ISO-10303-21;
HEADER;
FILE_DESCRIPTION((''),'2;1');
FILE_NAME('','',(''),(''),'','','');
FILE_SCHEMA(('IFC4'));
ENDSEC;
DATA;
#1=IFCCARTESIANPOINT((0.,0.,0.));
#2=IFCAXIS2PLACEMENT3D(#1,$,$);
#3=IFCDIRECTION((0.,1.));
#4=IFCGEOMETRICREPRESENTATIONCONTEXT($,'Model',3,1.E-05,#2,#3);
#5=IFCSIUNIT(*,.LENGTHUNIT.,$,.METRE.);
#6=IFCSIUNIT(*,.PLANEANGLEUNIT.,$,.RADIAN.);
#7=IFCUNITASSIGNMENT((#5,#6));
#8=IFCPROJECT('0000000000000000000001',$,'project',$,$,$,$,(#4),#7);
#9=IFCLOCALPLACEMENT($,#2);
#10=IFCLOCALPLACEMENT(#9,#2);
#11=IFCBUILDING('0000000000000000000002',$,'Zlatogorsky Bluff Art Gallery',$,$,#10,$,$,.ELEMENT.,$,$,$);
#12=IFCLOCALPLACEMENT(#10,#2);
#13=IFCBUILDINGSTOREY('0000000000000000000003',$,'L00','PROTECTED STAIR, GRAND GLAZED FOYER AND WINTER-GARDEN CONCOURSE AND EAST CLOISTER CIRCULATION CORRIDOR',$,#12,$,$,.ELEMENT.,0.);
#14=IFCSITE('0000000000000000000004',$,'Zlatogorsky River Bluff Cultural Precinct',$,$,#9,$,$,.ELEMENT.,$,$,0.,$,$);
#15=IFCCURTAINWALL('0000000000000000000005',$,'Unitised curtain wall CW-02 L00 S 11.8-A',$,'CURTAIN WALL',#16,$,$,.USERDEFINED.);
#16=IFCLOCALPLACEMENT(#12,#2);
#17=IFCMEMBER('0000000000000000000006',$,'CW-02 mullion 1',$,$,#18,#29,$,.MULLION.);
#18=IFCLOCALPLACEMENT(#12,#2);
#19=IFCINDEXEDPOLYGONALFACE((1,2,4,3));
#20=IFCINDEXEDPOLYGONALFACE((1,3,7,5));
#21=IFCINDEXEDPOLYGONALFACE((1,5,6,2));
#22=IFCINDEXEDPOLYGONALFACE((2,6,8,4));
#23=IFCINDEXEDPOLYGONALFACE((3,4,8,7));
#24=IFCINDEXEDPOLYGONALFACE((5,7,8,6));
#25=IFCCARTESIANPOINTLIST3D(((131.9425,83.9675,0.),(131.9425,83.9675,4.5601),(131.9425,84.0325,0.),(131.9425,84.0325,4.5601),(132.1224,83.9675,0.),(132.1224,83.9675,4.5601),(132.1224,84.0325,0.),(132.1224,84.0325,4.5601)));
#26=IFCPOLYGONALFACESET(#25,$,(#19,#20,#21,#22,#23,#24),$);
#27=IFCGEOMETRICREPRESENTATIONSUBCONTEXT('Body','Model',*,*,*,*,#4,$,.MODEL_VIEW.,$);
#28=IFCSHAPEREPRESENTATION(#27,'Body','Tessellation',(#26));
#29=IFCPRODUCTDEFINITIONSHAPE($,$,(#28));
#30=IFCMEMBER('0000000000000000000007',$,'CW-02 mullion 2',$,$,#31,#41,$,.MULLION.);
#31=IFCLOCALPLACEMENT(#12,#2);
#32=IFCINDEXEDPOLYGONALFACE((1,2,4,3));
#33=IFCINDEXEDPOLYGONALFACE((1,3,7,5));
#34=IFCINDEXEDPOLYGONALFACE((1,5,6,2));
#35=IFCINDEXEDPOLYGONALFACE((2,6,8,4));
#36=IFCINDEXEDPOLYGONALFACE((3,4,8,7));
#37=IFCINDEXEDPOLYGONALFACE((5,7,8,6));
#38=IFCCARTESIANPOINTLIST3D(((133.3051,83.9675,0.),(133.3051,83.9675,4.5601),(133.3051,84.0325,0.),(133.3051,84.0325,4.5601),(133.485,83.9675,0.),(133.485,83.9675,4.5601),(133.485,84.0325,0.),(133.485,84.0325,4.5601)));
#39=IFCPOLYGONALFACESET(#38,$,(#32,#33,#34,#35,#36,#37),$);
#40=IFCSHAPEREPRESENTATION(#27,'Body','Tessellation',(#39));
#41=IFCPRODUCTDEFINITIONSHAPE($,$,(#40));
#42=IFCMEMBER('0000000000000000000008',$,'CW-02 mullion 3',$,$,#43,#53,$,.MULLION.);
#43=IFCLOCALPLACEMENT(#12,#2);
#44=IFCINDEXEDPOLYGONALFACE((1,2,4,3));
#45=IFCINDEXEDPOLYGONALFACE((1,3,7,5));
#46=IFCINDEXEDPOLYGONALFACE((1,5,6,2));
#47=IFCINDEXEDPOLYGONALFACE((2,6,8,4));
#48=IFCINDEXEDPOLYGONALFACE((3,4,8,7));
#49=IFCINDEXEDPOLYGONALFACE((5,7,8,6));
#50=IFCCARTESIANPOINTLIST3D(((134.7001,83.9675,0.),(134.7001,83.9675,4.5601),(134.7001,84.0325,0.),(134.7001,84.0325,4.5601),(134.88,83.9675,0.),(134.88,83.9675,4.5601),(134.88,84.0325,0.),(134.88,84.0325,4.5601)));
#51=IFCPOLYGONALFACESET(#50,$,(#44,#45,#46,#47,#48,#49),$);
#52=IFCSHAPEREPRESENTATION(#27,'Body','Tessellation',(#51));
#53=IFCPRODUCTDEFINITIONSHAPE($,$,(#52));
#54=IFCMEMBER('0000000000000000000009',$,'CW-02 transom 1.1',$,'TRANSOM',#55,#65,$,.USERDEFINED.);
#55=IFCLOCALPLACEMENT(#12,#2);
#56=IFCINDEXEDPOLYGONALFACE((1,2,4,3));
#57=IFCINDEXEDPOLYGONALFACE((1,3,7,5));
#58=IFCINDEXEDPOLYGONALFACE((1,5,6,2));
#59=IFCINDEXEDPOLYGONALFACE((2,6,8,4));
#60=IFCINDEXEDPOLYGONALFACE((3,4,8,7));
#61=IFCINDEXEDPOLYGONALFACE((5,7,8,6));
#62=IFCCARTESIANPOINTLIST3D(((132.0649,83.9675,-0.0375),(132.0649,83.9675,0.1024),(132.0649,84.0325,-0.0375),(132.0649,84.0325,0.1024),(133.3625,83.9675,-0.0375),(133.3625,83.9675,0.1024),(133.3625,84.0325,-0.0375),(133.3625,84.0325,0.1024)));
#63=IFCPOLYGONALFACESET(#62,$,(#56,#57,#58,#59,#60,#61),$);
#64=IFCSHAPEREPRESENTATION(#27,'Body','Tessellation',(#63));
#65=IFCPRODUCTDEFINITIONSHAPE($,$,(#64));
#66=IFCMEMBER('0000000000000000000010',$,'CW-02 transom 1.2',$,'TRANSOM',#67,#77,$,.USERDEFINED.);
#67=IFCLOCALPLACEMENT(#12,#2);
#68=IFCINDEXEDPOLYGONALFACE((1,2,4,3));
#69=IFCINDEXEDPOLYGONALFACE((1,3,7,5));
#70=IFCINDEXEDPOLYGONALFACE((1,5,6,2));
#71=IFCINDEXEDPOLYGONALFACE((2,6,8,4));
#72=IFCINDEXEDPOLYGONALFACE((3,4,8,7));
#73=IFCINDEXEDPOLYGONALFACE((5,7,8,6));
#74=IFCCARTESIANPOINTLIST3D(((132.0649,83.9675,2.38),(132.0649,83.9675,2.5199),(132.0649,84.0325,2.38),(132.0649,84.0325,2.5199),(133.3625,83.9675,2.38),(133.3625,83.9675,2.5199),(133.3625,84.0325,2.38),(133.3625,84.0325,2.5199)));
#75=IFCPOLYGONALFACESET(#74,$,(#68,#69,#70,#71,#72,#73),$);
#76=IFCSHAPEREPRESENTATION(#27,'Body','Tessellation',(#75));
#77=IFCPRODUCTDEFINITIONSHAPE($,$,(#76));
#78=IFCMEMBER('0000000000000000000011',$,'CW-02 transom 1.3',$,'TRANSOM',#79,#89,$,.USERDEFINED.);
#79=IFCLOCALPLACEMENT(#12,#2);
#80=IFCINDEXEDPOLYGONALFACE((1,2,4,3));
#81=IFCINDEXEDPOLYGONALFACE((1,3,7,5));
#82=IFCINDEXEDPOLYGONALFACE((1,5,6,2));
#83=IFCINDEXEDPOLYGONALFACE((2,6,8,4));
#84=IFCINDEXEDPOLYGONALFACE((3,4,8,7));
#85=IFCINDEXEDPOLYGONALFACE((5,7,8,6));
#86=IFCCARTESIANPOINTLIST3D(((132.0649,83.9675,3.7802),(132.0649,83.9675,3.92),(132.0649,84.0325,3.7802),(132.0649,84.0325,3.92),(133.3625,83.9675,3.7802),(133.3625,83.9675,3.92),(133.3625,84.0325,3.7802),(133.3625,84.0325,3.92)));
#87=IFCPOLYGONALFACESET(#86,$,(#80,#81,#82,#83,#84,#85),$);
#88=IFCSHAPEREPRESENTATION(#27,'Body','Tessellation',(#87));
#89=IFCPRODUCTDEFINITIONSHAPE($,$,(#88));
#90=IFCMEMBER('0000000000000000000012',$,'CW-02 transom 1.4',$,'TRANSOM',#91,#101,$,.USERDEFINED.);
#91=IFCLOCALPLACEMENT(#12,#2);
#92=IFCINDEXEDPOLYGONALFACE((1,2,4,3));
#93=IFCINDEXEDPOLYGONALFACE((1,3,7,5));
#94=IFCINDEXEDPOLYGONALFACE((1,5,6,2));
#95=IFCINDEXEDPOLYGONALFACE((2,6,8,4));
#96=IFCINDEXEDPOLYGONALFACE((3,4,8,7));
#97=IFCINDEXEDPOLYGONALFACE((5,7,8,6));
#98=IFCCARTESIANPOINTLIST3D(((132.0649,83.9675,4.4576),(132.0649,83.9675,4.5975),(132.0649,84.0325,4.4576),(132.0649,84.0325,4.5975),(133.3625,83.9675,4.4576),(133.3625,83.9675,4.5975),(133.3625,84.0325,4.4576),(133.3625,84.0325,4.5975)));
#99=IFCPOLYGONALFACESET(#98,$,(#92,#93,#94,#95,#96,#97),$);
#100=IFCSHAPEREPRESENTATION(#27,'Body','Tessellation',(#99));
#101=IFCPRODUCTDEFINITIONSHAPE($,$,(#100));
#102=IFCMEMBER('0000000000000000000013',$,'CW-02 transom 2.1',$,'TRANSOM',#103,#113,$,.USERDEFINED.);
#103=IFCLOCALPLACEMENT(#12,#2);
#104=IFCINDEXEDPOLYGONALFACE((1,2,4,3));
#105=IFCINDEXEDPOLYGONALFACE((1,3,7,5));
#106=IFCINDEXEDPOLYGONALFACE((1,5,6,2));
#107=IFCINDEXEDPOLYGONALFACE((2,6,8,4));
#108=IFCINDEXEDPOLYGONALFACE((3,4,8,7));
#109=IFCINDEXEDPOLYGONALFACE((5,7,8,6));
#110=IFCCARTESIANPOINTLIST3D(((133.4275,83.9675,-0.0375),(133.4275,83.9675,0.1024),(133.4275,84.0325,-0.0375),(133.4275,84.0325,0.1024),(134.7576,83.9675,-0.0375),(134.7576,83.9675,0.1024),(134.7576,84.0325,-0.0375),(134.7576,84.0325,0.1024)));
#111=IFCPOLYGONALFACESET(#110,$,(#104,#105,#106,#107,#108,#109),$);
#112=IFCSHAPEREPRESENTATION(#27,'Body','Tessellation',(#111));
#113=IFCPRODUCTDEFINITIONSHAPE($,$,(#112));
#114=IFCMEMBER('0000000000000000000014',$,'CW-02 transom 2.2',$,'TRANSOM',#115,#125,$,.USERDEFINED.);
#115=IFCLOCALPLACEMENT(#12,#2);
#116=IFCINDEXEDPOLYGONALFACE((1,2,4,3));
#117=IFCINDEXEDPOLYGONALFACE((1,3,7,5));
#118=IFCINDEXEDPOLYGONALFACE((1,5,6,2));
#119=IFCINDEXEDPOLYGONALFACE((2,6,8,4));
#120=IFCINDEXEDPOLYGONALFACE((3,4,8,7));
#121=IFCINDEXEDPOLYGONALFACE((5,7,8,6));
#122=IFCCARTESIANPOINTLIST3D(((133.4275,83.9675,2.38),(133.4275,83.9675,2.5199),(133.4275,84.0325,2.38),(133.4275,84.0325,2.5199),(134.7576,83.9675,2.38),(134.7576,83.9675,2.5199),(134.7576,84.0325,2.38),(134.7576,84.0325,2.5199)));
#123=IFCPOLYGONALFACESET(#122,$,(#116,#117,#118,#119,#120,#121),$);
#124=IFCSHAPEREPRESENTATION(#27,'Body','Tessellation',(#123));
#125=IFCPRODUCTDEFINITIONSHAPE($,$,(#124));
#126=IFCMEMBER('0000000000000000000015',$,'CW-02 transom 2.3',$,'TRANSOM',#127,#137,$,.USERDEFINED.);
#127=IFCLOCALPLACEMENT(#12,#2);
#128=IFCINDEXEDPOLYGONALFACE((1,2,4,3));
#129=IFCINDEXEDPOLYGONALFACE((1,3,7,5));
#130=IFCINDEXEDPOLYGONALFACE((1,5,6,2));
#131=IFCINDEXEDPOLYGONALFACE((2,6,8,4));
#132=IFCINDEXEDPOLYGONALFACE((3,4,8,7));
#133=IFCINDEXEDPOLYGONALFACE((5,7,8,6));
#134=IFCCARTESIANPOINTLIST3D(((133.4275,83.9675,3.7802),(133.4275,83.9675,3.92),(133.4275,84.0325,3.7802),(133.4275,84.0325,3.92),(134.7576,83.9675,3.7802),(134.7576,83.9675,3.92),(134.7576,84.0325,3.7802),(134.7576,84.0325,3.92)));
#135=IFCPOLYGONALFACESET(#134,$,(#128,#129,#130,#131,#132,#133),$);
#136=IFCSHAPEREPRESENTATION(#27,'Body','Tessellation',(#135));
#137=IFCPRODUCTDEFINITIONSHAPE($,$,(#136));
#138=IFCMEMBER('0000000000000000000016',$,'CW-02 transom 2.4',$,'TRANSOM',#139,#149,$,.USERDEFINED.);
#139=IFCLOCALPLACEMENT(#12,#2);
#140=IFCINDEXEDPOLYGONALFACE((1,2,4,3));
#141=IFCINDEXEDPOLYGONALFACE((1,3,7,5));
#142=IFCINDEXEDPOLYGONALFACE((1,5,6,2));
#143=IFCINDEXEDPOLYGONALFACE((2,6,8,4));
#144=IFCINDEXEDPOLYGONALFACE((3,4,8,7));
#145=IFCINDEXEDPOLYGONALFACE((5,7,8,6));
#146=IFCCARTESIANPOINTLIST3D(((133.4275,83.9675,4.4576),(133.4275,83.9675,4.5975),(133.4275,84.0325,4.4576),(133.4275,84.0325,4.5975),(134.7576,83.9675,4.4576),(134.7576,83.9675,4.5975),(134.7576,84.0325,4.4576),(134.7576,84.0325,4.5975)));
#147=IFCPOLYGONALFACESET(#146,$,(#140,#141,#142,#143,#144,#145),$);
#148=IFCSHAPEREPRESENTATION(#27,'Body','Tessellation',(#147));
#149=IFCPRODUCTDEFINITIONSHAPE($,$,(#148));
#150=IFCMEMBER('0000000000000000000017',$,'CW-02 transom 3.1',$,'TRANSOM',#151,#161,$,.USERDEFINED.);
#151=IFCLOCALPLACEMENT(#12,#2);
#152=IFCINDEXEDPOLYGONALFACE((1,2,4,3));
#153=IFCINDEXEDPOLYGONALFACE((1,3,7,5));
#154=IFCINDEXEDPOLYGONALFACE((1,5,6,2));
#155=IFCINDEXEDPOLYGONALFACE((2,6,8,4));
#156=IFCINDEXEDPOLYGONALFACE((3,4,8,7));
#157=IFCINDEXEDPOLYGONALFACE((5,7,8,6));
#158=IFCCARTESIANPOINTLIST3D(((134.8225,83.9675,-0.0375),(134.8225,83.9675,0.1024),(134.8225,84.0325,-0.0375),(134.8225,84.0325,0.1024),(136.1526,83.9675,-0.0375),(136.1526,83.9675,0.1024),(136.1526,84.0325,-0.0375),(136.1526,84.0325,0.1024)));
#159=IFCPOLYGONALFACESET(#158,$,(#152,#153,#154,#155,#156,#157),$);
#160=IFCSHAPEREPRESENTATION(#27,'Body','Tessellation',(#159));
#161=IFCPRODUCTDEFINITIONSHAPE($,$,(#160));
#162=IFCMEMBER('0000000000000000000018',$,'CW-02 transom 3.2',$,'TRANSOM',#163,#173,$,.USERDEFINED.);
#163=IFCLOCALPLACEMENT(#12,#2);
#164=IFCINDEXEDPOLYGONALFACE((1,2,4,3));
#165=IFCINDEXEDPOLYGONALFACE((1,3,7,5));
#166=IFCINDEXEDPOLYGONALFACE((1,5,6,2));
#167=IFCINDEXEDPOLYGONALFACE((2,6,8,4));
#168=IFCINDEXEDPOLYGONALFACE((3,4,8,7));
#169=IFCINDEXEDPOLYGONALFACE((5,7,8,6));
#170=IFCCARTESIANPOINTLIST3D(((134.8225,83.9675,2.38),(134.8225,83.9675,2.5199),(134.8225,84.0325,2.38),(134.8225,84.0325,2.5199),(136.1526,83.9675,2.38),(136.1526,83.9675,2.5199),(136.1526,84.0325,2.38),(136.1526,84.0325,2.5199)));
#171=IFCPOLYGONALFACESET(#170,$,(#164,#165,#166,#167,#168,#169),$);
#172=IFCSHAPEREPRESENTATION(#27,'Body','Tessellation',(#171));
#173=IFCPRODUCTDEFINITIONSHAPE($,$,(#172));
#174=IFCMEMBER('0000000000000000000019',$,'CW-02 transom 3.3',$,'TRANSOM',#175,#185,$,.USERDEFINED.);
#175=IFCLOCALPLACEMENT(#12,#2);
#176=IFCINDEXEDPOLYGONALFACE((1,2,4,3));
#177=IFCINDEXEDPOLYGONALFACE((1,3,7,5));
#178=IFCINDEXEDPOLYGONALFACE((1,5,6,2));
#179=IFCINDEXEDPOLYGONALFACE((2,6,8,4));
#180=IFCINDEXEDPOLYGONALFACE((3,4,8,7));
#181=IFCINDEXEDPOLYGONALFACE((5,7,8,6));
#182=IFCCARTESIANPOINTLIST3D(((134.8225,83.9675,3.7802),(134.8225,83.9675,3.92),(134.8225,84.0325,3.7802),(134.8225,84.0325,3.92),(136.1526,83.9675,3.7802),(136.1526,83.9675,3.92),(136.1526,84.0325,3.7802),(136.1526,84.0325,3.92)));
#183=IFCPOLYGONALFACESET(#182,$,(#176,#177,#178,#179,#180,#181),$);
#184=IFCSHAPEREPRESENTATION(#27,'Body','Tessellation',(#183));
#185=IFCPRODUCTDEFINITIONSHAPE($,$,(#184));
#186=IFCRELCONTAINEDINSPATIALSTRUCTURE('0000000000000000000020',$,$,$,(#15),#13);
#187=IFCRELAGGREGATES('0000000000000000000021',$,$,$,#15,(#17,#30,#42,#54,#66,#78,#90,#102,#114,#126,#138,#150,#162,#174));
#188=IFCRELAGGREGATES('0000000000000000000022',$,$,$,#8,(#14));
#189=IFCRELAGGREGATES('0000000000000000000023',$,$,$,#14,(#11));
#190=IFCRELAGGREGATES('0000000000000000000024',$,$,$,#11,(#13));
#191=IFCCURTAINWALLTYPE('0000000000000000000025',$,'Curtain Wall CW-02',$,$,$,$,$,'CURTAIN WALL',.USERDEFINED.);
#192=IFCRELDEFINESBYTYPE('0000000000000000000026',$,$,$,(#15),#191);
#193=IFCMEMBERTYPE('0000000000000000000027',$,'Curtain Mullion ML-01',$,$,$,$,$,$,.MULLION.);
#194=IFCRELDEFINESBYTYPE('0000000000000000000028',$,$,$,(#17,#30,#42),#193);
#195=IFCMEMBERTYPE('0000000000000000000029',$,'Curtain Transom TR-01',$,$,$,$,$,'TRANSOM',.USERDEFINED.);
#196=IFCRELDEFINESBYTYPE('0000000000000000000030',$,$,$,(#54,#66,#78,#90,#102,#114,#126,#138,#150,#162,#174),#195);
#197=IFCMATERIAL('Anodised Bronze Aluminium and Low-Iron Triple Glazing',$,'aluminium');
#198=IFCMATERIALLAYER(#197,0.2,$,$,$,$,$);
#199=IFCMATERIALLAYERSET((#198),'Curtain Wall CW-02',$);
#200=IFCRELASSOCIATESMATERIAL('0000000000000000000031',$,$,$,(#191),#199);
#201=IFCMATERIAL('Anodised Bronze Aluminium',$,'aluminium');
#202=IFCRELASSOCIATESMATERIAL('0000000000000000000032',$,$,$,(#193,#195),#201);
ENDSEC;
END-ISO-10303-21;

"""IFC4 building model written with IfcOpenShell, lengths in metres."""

from ifc_helpers import new_model, si_unit, direction, frame, origin, origin_2d, place, context, subcontext, project, spatial, rectangle, extrude, material, layer, layer_set, material_profile, profile_set, type_object, element, aggregate, save


model = new_model("IFC4")

# Units and contexts
model_context = context("Model", 3, precision=1e-05, world=origin(), true_north=direction((0.0, 1.0)))
body_context = subcontext(model_context, "Body", "Model", "MODEL_VIEW")
ifc_project = project(units=[si_unit("LENGTHUNIT", "METRE"), si_unit("PLANEANGLEUNIT", "RADIAN")], contexts=[model_context])

# Site, building, storey
site_placement = place(None, origin())
site = spatial("IfcSite", under=ifc_project, at=site_placement, Name="Zlatogorsky River Bluff Cultural Precinct", CompositionType="ELEMENT", RefElevation=0.0)
building_placement = place(site_placement, origin())
building = spatial("IfcBuilding", under=site, at=building_placement, Name="Zlatogorsky Bluff Art Gallery", CompositionType="ELEMENT")
storey_placement = place(building_placement, origin())
storey = spatial("IfcBuildingStorey", under=building, at=storey_placement, Name="L00", Description="PROTECTED STAIR, GRAND GLAZED FOYER AND WINTER-GARDEN CONCOURSE AND EAST CLOISTER CIRCULATION CORRIDOR", CompositionType="ELEMENT", Elevation=0.0)

# Curtain wall, members
ifc_material_1 = material(Name="Anodised Bronze Aluminium and Low-Iron Triple Glazing", Category="aluminium")
ifc_layer_1 = layer(ifc_material_1, 0.2)
ifc_layer_set_1 = layer_set([ifc_layer_1], Name="Curtain Wall CW-02")
curtain_wall_type = type_object("IfcCurtainWallType", Name="Curtain Wall CW-02", ElementType="CURTAIN WALL", PredefinedType="USERDEFINED", material=ifc_layer_set_1)
curtain_wall_placement = place(storey_placement, origin())
curtain_wall = element("IfcCurtainWall", 1, at=curtain_wall_placement, inside=storey, type_object=curtain_wall_type, Name="Unitised curtain wall CW-02 L00 S 11.8-A", ObjectType="CURTAIN WALL", PredefinedType="USERDEFINED")
ifc_material_2 = material(Name="Anodised Bronze Aluminium", Category="aluminium")
ifc_material_profile_1 = material_profile(ifc_material_2, rectangle(XDim=0.0649, YDim=0.1799, at=origin_2d()), Name="ALU MULLION 65x180")
ifc_profile_set_1 = profile_set([ifc_material_profile_1], Name="Anodised Bronze Aluminium")
member_type_1 = type_object("IfcMemberType", Name="Curtain Mullion ML-01", PredefinedType="MULLION", material=ifc_profile_set_1)
member_1_placement = place(storey_placement, frame((132.0325, 84.0, 0.0), z_axis=(0.0, 0.0, 1.0), x_axis=(0.0, 1.0, 0.0)))
member_1 = element("IfcMember", 2, at=member_1_placement, type_object=member_type_1, Name="CW-02 mullion 1", PredefinedType="MULLION", context=body_context, shape_type="SweptSolid", body=[
    extrude(rectangle(XDim=0.0649, YDim=0.1799, at=origin_2d()), origin(), (0.0, 0.0, 1.0), 4.5601),
])
member_2_placement = place(storey_placement, frame((133.395, 84.0, 0.0), z_axis=(0.0, 0.0, 1.0), x_axis=(0.0, 1.0, 0.0)))
member_2 = element("IfcMember", 3, at=member_2_placement, type_object=member_type_1, Name="CW-02 mullion 2", PredefinedType="MULLION", context=body_context, shape_type="SweptSolid", body=[
    extrude(rectangle(XDim=0.0649, YDim=0.1799, at=origin_2d()), origin(), (0.0, 0.0, 1.0), 4.5601),
])
member_3_placement = place(storey_placement, frame((134.79, 84.0, 0.0), z_axis=(0.0, 0.0, 1.0), x_axis=(0.0, 1.0, 0.0)))
member_3 = element("IfcMember", 4, at=member_3_placement, type_object=member_type_1, Name="CW-02 mullion 3", PredefinedType="MULLION", context=body_context, shape_type="SweptSolid", body=[
    extrude(rectangle(XDim=0.0649, YDim=0.1799, at=origin_2d()), origin(), (0.0, 0.0, 1.0), 4.5601),
])
ifc_material_profile_2 = material_profile(ifc_material_2, rectangle(XDim=0.0649, YDim=0.1399, at=origin_2d()), Name="ALU TRANSOM 65x140")
ifc_profile_set_2 = profile_set([ifc_material_profile_2], Name="Anodised Bronze Aluminium")
member_type_2 = type_object("IfcMemberType", Name="Curtain Transom TR-01", ElementType="TRANSOM", PredefinedType="USERDEFINED", material=ifc_profile_set_2)
member_4_placement = place(storey_placement, frame((132.0649, 84.0, 0.0325), z_axis=(1.0, 0.0, 0.0), x_axis=(0.0, 1.0, 0.0)))
member_4 = element("IfcMember", 5, at=member_4_placement, type_object=member_type_2, Name="CW-02 transom 1.1", ObjectType="TRANSOM", PredefinedType="USERDEFINED", context=body_context, shape_type="SweptSolid", body=[
    extrude(rectangle(XDim=0.0649, YDim=0.1399, at=origin_2d()), origin(), (0.0, 0.0, 1.0), 1.2976),
])
member_5_placement = place(storey_placement, frame((132.0649, 84.0, 2.45), z_axis=(1.0, 0.0, 0.0), x_axis=(0.0, 1.0, 0.0)))
member_5 = element("IfcMember", 6, at=member_5_placement, type_object=member_type_2, Name="CW-02 transom 1.2", ObjectType="TRANSOM", PredefinedType="USERDEFINED", context=body_context, shape_type="SweptSolid", body=[
    extrude(rectangle(XDim=0.0649, YDim=0.1399, at=origin_2d()), origin(), (0.0, 0.0, 1.0), 1.2976),
])
member_6_placement = place(storey_placement, frame((132.0649, 84.0, 3.8501), z_axis=(1.0, 0.0, 0.0), x_axis=(0.0, 1.0, 0.0)))
member_6 = element("IfcMember", 7, at=member_6_placement, type_object=member_type_2, Name="CW-02 transom 1.3", ObjectType="TRANSOM", PredefinedType="USERDEFINED", context=body_context, shape_type="SweptSolid", body=[
    extrude(rectangle(XDim=0.0649, YDim=0.1399, at=origin_2d()), origin(), (0.0, 0.0, 1.0), 1.2976),
])
member_7_placement = place(storey_placement, frame((132.0649, 84.0, 4.5276), z_axis=(1.0, 0.0, 0.0), x_axis=(0.0, 1.0, 0.0)))
member_7 = element("IfcMember", 8, at=member_7_placement, type_object=member_type_2, Name="CW-02 transom 1.4", ObjectType="TRANSOM", PredefinedType="USERDEFINED", context=body_context, shape_type="SweptSolid", body=[
    extrude(rectangle(XDim=0.0649, YDim=0.1399, at=origin_2d()), origin(), (0.0, 0.0, 1.0), 1.2976),
])
member_8_placement = place(storey_placement, frame((133.4275, 84.0, 0.0325), z_axis=(1.0, 0.0, 0.0), x_axis=(0.0, 1.0, 0.0)))
member_8 = element("IfcMember", 9, at=member_8_placement, type_object=member_type_2, Name="CW-02 transom 2.1", ObjectType="TRANSOM", PredefinedType="USERDEFINED", context=body_context, shape_type="SweptSolid", body=[
    extrude(rectangle(XDim=0.0649, YDim=0.1399, at=origin_2d()), origin(), (0.0, 0.0, 1.0), 1.3301),
])
member_9_placement = place(storey_placement, frame((133.4275, 84.0, 2.45), z_axis=(1.0, 0.0, 0.0), x_axis=(0.0, 1.0, 0.0)))
member_9 = element("IfcMember", 10, at=member_9_placement, type_object=member_type_2, Name="CW-02 transom 2.2", ObjectType="TRANSOM", PredefinedType="USERDEFINED", context=body_context, shape_type="SweptSolid", body=[
    extrude(rectangle(XDim=0.0649, YDim=0.1399, at=origin_2d()), origin(), (0.0, 0.0, 1.0), 1.3301),
])
member_10_placement = place(storey_placement, frame((133.4275, 84.0, 3.8501), z_axis=(1.0, 0.0, 0.0), x_axis=(0.0, 1.0, 0.0)))
member_10 = element("IfcMember", 11, at=member_10_placement, type_object=member_type_2, Name="CW-02 transom 2.3", ObjectType="TRANSOM", PredefinedType="USERDEFINED", context=body_context, shape_type="SweptSolid", body=[
    extrude(rectangle(XDim=0.0649, YDim=0.1399, at=origin_2d()), origin(), (0.0, 0.0, 1.0), 1.3301),
])
member_11_placement = place(storey_placement, frame((133.4275, 84.0, 4.5276), z_axis=(1.0, 0.0, 0.0), x_axis=(0.0, 1.0, 0.0)))
member_11 = element("IfcMember", 12, at=member_11_placement, type_object=member_type_2, Name="CW-02 transom 2.4", ObjectType="TRANSOM", PredefinedType="USERDEFINED", context=body_context, shape_type="SweptSolid", body=[
    extrude(rectangle(XDim=0.0649, YDim=0.1399, at=origin_2d()), origin(), (0.0, 0.0, 1.0), 1.3301),
])
member_12_placement = place(storey_placement, frame((134.8225, 84.0, 0.0325), z_axis=(1.0, 0.0, 0.0), x_axis=(0.0, 1.0, 0.0)))
member_12 = element("IfcMember", 13, at=member_12_placement, type_object=member_type_2, Name="CW-02 transom 3.1", ObjectType="TRANSOM", PredefinedType="USERDEFINED", context=body_context, shape_type="SweptSolid", body=[
    extrude(rectangle(XDim=0.0649, YDim=0.1399, at=origin_2d()), origin(), (0.0, 0.0, 1.0), 1.3301),
])
member_13_placement = place(storey_placement, frame((134.8225, 84.0, 2.45), z_axis=(1.0, 0.0, 0.0), x_axis=(0.0, 1.0, 0.0)))
member_13 = element("IfcMember", 14, at=member_13_placement, type_object=member_type_2, Name="CW-02 transom 3.2", ObjectType="TRANSOM", PredefinedType="USERDEFINED", context=body_context, shape_type="SweptSolid", body=[
    extrude(rectangle(XDim=0.0649, YDim=0.1399, at=origin_2d()), origin(), (0.0, 0.0, 1.0), 1.3301),
])
member_14_placement = place(storey_placement, frame((134.8225, 84.0, 3.8501), z_axis=(1.0, 0.0, 0.0), x_axis=(0.0, 1.0, 0.0)))
member_14 = element("IfcMember", 15, at=member_14_placement, type_object=member_type_2, Name="CW-02 transom 3.3", ObjectType="TRANSOM", PredefinedType="USERDEFINED", context=body_context, shape_type="SweptSolid", body=[
    extrude(rectangle(XDim=0.0649, YDim=0.1399, at=origin_2d()), origin(), (0.0, 0.0, 1.0), 1.3301),
])
aggregate(curtain_wall, [member_1, member_2, member_3, member_4, member_5, member_6, member_7, member_8, member_9, member_10, member_11, member_12, member_13, member_14])

save(model, "model.ifc")
